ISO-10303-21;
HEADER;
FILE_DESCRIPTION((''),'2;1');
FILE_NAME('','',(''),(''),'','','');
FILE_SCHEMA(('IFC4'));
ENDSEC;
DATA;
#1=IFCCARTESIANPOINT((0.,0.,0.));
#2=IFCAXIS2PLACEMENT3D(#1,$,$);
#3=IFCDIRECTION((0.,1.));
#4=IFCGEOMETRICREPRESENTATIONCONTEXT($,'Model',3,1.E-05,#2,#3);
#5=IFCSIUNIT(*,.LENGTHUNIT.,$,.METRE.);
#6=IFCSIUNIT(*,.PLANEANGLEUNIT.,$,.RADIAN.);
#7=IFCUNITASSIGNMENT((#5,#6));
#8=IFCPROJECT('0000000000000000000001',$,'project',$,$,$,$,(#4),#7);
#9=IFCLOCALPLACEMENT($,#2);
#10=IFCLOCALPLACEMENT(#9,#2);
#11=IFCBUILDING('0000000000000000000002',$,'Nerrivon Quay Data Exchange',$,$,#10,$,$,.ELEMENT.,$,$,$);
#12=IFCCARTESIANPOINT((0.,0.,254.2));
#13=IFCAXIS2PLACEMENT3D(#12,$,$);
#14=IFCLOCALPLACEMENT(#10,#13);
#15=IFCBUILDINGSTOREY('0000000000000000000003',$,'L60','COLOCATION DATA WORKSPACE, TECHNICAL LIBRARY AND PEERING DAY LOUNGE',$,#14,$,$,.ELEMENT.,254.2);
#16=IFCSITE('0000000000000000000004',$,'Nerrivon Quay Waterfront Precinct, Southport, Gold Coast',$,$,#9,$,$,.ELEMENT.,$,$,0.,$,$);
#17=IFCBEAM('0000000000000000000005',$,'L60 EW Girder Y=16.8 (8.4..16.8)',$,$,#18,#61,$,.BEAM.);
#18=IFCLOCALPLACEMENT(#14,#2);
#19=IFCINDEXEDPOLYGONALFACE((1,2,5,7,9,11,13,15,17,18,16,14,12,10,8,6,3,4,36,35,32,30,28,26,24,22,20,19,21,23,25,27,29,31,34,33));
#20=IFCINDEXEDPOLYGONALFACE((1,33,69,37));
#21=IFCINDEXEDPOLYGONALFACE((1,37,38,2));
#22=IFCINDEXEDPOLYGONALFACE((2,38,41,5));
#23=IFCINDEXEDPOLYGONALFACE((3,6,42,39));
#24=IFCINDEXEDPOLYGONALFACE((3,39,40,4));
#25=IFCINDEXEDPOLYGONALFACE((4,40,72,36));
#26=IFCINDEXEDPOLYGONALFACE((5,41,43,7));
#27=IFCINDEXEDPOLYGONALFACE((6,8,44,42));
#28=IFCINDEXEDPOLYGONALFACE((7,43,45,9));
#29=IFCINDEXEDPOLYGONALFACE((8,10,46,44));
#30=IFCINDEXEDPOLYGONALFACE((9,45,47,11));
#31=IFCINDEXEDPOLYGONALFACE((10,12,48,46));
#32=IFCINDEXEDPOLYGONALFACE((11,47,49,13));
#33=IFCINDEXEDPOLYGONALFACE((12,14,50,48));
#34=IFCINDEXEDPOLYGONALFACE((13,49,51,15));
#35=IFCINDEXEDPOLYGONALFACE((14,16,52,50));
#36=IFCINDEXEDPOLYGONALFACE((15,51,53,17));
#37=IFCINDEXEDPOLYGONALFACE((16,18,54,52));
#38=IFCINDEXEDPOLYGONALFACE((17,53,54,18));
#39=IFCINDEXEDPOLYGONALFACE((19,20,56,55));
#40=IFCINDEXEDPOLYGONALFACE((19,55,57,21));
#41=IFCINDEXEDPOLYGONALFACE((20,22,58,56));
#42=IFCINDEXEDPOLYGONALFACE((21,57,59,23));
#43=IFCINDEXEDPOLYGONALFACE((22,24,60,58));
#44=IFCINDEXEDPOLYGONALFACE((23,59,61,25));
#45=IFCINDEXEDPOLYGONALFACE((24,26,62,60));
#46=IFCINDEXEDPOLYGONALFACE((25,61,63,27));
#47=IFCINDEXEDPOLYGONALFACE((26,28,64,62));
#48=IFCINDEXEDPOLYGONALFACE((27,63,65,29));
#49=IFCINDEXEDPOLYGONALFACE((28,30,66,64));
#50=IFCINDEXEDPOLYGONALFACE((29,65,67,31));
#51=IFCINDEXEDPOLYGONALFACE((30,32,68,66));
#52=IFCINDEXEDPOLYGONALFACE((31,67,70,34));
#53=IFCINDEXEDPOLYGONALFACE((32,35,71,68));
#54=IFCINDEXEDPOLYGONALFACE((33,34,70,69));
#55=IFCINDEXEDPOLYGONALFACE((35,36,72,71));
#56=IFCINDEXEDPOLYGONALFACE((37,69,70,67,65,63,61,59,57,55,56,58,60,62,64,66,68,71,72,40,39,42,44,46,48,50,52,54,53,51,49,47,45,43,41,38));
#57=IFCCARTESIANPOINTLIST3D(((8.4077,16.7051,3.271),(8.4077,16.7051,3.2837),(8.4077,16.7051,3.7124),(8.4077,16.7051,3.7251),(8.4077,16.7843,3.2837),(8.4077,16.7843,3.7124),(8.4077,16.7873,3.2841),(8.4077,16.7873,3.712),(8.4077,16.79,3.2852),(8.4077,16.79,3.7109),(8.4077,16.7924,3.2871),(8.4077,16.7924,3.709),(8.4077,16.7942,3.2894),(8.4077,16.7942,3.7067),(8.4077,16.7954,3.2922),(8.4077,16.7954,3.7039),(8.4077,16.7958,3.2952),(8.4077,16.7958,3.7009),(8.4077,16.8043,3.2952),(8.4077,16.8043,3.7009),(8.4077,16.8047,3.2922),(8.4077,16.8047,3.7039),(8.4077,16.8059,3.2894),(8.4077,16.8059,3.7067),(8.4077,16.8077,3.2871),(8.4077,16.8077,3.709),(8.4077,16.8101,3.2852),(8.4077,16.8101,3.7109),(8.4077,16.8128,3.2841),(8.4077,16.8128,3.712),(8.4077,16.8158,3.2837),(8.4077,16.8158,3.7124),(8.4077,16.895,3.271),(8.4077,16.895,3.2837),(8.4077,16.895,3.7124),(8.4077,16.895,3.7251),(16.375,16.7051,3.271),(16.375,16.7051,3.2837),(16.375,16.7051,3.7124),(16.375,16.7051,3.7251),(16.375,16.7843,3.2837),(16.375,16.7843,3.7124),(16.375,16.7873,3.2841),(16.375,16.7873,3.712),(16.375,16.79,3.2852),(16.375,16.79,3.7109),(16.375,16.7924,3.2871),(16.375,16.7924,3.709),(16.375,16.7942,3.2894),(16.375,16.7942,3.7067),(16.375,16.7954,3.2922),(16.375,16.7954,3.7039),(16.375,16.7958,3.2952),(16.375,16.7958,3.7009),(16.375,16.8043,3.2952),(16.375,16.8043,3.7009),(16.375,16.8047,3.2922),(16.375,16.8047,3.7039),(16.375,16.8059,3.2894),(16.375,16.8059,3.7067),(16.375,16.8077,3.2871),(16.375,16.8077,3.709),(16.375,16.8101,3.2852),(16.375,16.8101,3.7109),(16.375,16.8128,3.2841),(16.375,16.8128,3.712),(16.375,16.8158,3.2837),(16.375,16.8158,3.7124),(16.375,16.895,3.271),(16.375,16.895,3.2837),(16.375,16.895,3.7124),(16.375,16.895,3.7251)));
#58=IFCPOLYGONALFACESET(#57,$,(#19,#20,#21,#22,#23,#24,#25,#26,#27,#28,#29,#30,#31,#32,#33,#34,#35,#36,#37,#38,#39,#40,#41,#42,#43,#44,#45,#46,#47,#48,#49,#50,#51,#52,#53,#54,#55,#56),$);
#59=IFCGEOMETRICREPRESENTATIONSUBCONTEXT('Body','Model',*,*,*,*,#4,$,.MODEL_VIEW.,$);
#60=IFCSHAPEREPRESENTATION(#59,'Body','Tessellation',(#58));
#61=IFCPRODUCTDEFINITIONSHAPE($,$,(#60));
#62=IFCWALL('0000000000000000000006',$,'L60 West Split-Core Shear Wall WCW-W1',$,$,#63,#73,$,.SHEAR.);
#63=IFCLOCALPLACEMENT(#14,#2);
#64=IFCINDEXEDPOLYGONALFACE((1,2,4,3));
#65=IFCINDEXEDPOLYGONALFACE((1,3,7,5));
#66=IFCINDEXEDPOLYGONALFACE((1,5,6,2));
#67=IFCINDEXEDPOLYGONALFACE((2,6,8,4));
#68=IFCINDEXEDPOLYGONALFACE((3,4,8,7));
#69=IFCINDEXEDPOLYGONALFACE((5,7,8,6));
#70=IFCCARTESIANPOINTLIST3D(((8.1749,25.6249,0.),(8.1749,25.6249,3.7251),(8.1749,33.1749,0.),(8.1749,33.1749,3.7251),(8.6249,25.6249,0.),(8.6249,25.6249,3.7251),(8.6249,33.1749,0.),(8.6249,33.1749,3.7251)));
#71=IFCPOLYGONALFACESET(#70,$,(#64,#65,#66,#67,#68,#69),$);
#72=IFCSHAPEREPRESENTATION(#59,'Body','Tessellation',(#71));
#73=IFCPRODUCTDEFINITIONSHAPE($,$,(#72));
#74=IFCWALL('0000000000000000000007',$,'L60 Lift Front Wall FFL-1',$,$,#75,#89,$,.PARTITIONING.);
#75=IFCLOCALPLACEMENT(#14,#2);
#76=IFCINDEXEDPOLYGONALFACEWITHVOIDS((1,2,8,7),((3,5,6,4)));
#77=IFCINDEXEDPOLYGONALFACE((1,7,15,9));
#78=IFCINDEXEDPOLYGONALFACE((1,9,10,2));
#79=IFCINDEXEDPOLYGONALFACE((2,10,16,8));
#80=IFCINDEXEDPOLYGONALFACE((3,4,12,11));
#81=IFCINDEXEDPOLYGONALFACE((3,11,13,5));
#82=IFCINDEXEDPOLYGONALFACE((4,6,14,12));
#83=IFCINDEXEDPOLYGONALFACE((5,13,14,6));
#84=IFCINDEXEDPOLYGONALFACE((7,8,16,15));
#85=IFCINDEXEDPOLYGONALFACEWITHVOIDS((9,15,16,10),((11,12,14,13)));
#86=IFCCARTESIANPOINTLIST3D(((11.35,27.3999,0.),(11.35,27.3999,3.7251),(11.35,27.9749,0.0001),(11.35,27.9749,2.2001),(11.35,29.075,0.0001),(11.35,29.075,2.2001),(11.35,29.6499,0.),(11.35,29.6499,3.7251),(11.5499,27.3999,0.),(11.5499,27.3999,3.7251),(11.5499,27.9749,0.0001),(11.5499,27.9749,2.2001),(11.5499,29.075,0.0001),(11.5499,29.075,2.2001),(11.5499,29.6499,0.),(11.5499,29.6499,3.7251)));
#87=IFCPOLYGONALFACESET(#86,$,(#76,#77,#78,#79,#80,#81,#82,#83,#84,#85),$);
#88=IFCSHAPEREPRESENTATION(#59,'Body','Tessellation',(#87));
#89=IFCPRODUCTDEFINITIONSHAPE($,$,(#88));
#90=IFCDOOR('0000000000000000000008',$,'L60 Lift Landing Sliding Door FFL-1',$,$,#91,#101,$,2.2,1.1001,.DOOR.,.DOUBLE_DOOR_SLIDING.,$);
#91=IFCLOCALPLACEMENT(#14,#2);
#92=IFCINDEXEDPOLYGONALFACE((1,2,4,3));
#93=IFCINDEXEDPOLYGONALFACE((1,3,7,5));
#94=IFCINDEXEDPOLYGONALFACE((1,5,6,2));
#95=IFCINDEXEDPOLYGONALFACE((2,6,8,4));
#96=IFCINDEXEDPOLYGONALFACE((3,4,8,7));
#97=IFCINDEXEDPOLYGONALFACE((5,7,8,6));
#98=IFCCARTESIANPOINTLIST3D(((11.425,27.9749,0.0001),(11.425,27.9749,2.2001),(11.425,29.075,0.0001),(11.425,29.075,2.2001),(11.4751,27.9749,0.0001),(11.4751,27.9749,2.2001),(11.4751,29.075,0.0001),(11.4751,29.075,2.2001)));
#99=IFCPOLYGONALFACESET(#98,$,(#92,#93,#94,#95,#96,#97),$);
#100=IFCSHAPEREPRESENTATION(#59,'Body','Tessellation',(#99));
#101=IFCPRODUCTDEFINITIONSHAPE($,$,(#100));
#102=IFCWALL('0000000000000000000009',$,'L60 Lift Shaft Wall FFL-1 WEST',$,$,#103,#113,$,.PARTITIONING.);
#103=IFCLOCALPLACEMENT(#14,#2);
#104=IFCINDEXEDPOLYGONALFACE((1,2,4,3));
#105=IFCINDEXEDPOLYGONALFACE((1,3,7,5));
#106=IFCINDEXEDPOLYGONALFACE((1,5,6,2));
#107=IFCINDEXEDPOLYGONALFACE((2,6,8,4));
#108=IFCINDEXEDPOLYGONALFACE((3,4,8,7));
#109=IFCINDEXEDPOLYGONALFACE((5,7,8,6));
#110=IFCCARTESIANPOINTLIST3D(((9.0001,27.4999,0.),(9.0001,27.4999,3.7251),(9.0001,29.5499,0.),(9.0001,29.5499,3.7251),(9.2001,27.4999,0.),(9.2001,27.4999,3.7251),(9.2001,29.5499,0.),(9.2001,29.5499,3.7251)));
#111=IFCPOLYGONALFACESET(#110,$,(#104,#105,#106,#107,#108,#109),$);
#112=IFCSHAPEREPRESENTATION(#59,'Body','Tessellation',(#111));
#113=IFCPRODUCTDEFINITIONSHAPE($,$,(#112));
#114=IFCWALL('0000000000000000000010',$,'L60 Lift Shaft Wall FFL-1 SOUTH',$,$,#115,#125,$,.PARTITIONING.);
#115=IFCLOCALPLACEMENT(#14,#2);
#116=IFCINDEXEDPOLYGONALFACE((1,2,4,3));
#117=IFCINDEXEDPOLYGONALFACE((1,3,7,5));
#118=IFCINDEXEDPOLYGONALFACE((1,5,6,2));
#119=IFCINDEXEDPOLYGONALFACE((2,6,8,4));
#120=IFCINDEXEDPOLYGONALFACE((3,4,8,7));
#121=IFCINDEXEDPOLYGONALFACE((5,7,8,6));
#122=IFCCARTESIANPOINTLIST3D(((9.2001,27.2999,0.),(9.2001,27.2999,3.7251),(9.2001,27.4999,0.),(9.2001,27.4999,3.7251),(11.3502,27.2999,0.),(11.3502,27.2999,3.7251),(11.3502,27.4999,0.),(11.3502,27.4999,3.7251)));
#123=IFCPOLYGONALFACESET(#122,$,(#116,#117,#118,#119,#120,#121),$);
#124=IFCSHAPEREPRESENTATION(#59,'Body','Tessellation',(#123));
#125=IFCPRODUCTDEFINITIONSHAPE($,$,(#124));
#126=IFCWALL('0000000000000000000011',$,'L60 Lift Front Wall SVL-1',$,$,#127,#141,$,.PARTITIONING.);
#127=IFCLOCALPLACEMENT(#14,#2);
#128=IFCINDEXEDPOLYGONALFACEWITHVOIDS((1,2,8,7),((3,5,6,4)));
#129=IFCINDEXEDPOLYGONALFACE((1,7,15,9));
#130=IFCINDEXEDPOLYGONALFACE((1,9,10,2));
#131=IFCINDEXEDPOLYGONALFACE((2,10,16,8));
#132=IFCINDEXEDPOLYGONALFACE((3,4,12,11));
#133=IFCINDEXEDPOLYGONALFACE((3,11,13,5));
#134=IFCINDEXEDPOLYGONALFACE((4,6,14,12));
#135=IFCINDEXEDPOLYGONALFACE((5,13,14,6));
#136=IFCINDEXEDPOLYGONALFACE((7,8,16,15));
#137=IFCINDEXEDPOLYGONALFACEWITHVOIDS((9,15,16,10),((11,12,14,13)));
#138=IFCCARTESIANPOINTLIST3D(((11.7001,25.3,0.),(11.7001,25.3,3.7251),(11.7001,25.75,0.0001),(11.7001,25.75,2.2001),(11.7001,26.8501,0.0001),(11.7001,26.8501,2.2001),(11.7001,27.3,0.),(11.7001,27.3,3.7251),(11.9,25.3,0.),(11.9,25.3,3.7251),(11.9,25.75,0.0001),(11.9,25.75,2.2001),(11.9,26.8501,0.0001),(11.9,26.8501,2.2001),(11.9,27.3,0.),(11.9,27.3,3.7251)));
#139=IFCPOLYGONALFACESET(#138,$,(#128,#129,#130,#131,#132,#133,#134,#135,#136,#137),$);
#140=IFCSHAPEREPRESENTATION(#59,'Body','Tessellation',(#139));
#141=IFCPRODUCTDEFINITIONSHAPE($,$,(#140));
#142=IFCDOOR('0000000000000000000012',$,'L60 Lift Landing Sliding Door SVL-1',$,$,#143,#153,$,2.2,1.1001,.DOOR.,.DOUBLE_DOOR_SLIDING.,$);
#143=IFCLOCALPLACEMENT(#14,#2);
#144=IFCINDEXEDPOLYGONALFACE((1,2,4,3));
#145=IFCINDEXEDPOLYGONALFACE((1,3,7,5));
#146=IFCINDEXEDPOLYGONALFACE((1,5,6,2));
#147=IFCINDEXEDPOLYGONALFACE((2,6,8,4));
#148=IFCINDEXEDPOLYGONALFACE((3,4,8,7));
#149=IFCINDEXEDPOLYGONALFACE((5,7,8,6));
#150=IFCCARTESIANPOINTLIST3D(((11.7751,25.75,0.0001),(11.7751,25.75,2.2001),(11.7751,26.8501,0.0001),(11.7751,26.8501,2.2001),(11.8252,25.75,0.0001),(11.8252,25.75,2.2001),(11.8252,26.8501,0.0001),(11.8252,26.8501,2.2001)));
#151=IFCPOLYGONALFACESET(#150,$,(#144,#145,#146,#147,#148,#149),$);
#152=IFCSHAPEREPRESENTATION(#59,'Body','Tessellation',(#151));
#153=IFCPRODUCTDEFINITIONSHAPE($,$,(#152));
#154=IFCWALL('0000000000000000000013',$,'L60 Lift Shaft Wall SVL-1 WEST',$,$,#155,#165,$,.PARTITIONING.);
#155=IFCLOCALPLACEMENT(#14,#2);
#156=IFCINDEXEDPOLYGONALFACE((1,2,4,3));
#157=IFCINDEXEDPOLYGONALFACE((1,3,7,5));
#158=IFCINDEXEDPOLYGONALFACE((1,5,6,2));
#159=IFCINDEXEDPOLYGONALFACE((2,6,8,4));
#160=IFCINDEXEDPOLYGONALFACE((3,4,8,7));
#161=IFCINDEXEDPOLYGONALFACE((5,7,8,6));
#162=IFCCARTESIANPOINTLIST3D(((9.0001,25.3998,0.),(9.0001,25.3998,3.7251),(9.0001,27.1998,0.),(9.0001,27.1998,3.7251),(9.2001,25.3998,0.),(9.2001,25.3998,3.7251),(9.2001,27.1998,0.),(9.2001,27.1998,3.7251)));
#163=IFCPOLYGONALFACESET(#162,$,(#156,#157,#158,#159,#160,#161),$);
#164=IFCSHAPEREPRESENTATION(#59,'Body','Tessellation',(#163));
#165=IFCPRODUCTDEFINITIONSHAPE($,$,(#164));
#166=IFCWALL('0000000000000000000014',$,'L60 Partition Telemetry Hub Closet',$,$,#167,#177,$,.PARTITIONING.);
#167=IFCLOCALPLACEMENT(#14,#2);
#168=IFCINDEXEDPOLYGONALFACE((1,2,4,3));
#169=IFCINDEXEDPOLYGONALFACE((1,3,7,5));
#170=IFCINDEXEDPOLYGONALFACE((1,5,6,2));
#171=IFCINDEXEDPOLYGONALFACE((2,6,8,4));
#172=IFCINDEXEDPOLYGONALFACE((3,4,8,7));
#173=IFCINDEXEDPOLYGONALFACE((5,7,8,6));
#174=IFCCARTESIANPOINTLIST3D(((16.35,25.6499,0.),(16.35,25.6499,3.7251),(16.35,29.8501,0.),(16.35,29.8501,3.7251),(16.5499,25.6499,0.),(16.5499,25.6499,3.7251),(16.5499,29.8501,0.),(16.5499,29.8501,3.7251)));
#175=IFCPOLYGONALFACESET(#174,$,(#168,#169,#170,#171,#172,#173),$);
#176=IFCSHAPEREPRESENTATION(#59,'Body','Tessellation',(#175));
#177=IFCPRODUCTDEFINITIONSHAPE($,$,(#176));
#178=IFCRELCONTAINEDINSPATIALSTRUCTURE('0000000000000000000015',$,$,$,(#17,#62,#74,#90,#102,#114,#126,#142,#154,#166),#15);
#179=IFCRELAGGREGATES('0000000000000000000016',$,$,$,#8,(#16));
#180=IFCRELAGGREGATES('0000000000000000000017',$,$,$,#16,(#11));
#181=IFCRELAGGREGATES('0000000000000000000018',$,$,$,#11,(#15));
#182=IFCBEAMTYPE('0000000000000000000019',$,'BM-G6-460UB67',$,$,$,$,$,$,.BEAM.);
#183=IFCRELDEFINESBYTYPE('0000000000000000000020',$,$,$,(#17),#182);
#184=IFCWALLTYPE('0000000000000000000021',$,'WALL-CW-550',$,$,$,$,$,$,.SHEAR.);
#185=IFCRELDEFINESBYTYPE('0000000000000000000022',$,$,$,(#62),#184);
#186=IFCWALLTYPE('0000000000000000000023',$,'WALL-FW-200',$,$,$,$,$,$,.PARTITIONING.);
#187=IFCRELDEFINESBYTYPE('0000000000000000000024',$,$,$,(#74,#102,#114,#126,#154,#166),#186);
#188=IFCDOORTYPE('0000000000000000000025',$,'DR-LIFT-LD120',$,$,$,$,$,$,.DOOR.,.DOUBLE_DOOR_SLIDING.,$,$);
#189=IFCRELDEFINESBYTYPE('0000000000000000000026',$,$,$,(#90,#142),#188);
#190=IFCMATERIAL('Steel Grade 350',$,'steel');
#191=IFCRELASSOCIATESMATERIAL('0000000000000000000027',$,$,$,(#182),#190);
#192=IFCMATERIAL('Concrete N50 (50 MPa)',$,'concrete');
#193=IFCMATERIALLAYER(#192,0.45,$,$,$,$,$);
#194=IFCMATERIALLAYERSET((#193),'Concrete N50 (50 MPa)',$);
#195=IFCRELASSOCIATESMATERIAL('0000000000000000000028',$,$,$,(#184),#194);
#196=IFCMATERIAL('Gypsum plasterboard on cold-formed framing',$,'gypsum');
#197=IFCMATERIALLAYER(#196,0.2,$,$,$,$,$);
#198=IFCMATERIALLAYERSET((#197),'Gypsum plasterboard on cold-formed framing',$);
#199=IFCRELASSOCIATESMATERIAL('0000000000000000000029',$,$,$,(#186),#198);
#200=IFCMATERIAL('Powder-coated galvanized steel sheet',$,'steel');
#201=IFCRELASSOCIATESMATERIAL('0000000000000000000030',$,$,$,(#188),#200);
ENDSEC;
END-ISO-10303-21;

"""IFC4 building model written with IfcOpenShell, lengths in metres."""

from ifc_helpers import new_model, si_unit, direction, frame, frame_2d, origin, origin_2d, place, context, subcontext, project, spatial, rectangle, i_section, extrude, material, layer, layer_set, material_profile, profile_set, type_object, element, fill, save


model = new_model("IFC4")

# Units and contexts
model_context = context("Model", 3, precision=1e-05, world=origin(), true_north=direction((0.0, 1.0)))
body_context = subcontext(model_context, "Body", "Model", "MODEL_VIEW")
ifc_project = project(units=[si_unit("LENGTHUNIT", "METRE"), si_unit("PLANEANGLEUNIT", "RADIAN")], contexts=[model_context])

# Site, building, storey
site_placement = place(None, origin())
site = spatial("IfcSite", under=ifc_project, at=site_placement, Name="Nerrivon Quay Waterfront Precinct, Southport, Gold Coast", CompositionType="ELEMENT", RefElevation=0.0)
building_placement = place(site_placement, origin())
building = spatial("IfcBuilding", under=site, at=building_placement, Name="Nerrivon Quay Data Exchange", CompositionType="ELEMENT")
storey_placement = place(building_placement, frame((0.0, 0.0, 254.2)))
storey = spatial("IfcBuildingStorey", under=building, at=storey_placement, Name="L60", Description="COLOCATION DATA WORKSPACE, TECHNICAL LIBRARY AND PEERING DAY LOUNGE", CompositionType="ELEMENT", Elevation=254.2)

# Beam
ifc_material_1 = material(Name="Steel Grade 350", Category="steel")
ifc_material_profile = material_profile(ifc_material_1, i_section(OverallWidth=0.1899, OverallDepth=0.4541, WebThickness=0.0085, FlangeThickness=0.0127, FilletRadius=0.0115, at=origin_2d()), Name="460UB67.1")
ifc_profile_set = profile_set([ifc_material_profile], Name="Steel Grade 350")
beam_type = type_object("IfcBeamType", Name="BM-G6-460UB67", PredefinedType="BEAM", material=ifc_profile_set)
beam_placement = place(storey_placement, frame((8.4077, 16.8, 3.498), z_axis=(1.0, 0.0, 0.0), x_axis=(0.0, 1.0, 0.0)))
element("IfcBeam", 1, at=beam_placement, inside=storey, type_object=beam_type, Name="L60 EW Girder Y=16.8 (8.4..16.8)", PredefinedType="BEAM", context=body_context, shape_type="SweptSolid", body=[
    extrude(i_section(OverallWidth=0.1899, OverallDepth=0.4541, WebThickness=0.0085, FlangeThickness=0.0127, FilletRadius=0.0115, at=origin_2d()), origin(), (0.0, 0.0, 1.0), 7.9673),
])

# Wall
ifc_material_2 = material(Name="Concrete N50 (50 MPa)", Category="concrete")
ifc_layer_1 = layer(ifc_material_2, 0.45)
ifc_layer_set_1 = layer_set([ifc_layer_1], Name="Concrete N50 (50 MPa)")
wall_type_1 = type_object("IfcWallType", Name="WALL-CW-550", PredefinedType="SHEAR", material=ifc_layer_set_1)
wall_1_placement = place(storey_placement, frame((8.3999, 25.625, 0.0), z_axis=(0.0, 0.0, 1.0), x_axis=(0.0, 1.0, 0.0)))
element("IfcWall", 2, at=wall_1_placement, inside=storey, type_object=wall_type_1, Name="L60 West Split-Core Shear Wall WCW-W1", PredefinedType="SHEAR", context=body_context, shape_type="SweptSolid", body=[
    extrude(rectangle(XDim=7.55, YDim=0.45, at=frame_2d((3.7749, 0.0))), origin(), (0.0, 0.0, 1.0), 3.7251),
])

# Wall, opening, door
ifc_material_3 = material(Name="Powder-coated galvanized steel sheet", Category="steel")
ifc_material_4 = material(Name="Gypsum plasterboard on cold-formed framing", Category="gypsum")
ifc_layer_2 = layer(ifc_material_4, 0.2)
ifc_layer_set_2 = layer_set([ifc_layer_2], Name="Gypsum plasterboard on cold-formed framing")
wall_type_2 = type_object("IfcWallType", Name="WALL-FW-200", PredefinedType="PARTITIONING", material=ifc_layer_set_2)
wall_2_placement = place(storey_placement, frame((11.45, 27.3999, 0.0), z_axis=(0.0, 0.0, 1.0), x_axis=(0.0, 1.0, 0.0)))
wall_2 = element("IfcWall", 3, at=wall_2_placement, inside=storey, type_object=wall_type_2, Name="L60 Lift Front Wall FFL-1", PredefinedType="PARTITIONING", context=body_context, shape_type="SweptSolid", body=[
    extrude(rectangle(XDim=2.25, YDim=0.2, at=frame_2d((1.125, 0.0))), origin(), (0.0, 0.0, 1.0), 3.7251),
])
opening_1_placement = place(wall_2_placement, frame((0.575, 0.0, 0.0)))
opening_1 = element("IfcOpeningElement", 4, at=opening_1_placement, cuts=wall_2, PredefinedType="OPENING", context=body_context, shape_type="SweptSolid", body=[
    extrude(rectangle(XDim=1.1001, YDim=2.2, at=frame_2d((0.55, 1.1001))), frame((0.0, 0.1099, 0.0), z_axis=(0.0, -1.0, 0.0), x_axis=(1.0, 0.0, 0.0)), (0.0, 0.0, 1.0), 0.22),
])
door_type_1 = type_object("IfcDoorType", Name="DR-LIFT-LD120", OperationType="DOUBLE_DOOR_SLIDING", PredefinedType="DOOR", material=ifc_material_3)
door_1_placement = place(opening_1_placement, origin())
door_1 = element("IfcDoor", 5, at=door_1_placement, inside=storey, type_object=door_type_1, Name="L60 Lift Landing Sliding Door FFL-1", OperationType="DOUBLE_DOOR_SLIDING", OverallHeight=2.2, OverallWidth=1.1001, PredefinedType="DOOR", context=body_context, shape_type="SweptSolid", body=[
    extrude(rectangle(XDim=1.1001, YDim=2.2, at=frame_2d((0.55, 1.1001))), frame((0.0, 0.0249, 0.0), z_axis=(0.0, -1.0, 0.0), x_axis=(1.0, 0.0, 0.0)), (0.0, 0.0, 1.0), 0.05),
])
fill(opening_1, door_1)

# Walls
wall_3_placement = place(storey_placement, frame((9.1001, 27.5, 0.0), z_axis=(0.0, 0.0, 1.0), x_axis=(0.0, 1.0, 0.0)))
element("IfcWall", 6, at=wall_3_placement, inside=storey, type_object=wall_type_2, Name="L60 Lift Shaft Wall FFL-1 WEST", PredefinedType="PARTITIONING", context=body_context, shape_type="SweptSolid", body=[
    extrude(rectangle(XDim=2.05, YDim=0.2, at=frame_2d((1.0249, 0.0))), origin(), (0.0, 0.0, 1.0), 3.7251),
])
wall_4_placement = place(storey_placement, frame((9.2, 27.3999, 0.0), z_axis=(0.0, 0.0, 1.0), x_axis=(1.0, 0.0, 0.0)))
element("IfcWall", 7, at=wall_4_placement, inside=storey, type_object=wall_type_2, Name="L60 Lift Shaft Wall FFL-1 SOUTH", PredefinedType="PARTITIONING", context=body_context, shape_type="SweptSolid", body=[
    extrude(rectangle(XDim=2.1501, YDim=0.2, at=frame_2d((1.0752, 0.0))), origin(), (0.0, 0.0, 1.0), 3.7251),
])

# Wall, opening, door
wall_5_placement = place(storey_placement, frame((11.8, 25.3, 0.0), z_axis=(0.0, 0.0, 1.0), x_axis=(0.0, 1.0, 0.0)))
wall_5 = element("IfcWall", 8, at=wall_5_placement, inside=storey, type_object=wall_type_2, Name="L60 Lift Front Wall SVL-1", PredefinedType="PARTITIONING", context=body_context, shape_type="SweptSolid", body=[
    extrude(rectangle(XDim=2.0, YDim=0.2, at=frame_2d((1.0, 0.0))), origin(), (0.0, 0.0, 1.0), 3.7251),
])
opening_2_placement = place(wall_5_placement, frame((0.45, 0.0, 0.0)))
opening_2 = element("IfcOpeningElement", 9, at=opening_2_placement, cuts=wall_5, PredefinedType="OPENING", context=body_context, shape_type="SweptSolid", body=[
    extrude(rectangle(XDim=1.1001, YDim=2.2, at=frame_2d((0.55, 1.1001))), frame((0.0, 0.1099, 0.0), z_axis=(0.0, -1.0, 0.0), x_axis=(1.0, 0.0, 0.0)), (0.0, 0.0, 1.0), 0.22),
])
door_2_placement = place(opening_2_placement, origin())
door_2 = element("IfcDoor", 10, at=door_2_placement, inside=storey, type_object=door_type_1, Name="L60 Lift Landing Sliding Door SVL-1", OperationType="DOUBLE_DOOR_SLIDING", OverallHeight=2.2, OverallWidth=1.1001, PredefinedType="DOOR", context=body_context, shape_type="SweptSolid", body=[
    extrude(rectangle(XDim=1.1001, YDim=2.2, at=frame_2d((0.55, 1.1001))), frame((0.0, 0.0249, 0.0), z_axis=(0.0, -1.0, 0.0), x_axis=(1.0, 0.0, 0.0)), (0.0, 0.0, 1.0), 0.05),
])
fill(opening_2, door_2)

# Walls
wall_6_placement = place(storey_placement, frame((9.1001, 25.3999, 0.0), z_axis=(0.0, 0.0, 1.0), x_axis=(0.0, 1.0, 0.0)))
element("IfcWall", 11, at=wall_6_placement, inside=storey, type_object=wall_type_2, Name="L60 Lift Shaft Wall SVL-1 WEST", PredefinedType="PARTITIONING", context=body_context, shape_type="SweptSolid", body=[
    extrude(rectangle(XDim=1.8, YDim=0.2, at=frame_2d((0.8999, 0.0))), origin(), (0.0, 0.0, 1.0), 3.7251),
])
wall_7_placement = place(storey_placement, frame((16.45, 25.6499, 0.0), z_axis=(0.0, 0.0, 1.0), x_axis=(0.0, 1.0, 0.0)))
element("IfcWall", 12, at=wall_7_placement, inside=storey, type_object=wall_type_2, Name="L60 Partition Telemetry Hub Closet", PredefinedType="PARTITIONING", context=body_context, shape_type="SweptSolid", body=[
    extrude(rectangle(XDim=4.2002, YDim=0.2, at=frame_2d((2.1001, 0.0))), origin(), (0.0, 0.0, 1.0), 3.7251),
])

save(model, "model.ifc")
